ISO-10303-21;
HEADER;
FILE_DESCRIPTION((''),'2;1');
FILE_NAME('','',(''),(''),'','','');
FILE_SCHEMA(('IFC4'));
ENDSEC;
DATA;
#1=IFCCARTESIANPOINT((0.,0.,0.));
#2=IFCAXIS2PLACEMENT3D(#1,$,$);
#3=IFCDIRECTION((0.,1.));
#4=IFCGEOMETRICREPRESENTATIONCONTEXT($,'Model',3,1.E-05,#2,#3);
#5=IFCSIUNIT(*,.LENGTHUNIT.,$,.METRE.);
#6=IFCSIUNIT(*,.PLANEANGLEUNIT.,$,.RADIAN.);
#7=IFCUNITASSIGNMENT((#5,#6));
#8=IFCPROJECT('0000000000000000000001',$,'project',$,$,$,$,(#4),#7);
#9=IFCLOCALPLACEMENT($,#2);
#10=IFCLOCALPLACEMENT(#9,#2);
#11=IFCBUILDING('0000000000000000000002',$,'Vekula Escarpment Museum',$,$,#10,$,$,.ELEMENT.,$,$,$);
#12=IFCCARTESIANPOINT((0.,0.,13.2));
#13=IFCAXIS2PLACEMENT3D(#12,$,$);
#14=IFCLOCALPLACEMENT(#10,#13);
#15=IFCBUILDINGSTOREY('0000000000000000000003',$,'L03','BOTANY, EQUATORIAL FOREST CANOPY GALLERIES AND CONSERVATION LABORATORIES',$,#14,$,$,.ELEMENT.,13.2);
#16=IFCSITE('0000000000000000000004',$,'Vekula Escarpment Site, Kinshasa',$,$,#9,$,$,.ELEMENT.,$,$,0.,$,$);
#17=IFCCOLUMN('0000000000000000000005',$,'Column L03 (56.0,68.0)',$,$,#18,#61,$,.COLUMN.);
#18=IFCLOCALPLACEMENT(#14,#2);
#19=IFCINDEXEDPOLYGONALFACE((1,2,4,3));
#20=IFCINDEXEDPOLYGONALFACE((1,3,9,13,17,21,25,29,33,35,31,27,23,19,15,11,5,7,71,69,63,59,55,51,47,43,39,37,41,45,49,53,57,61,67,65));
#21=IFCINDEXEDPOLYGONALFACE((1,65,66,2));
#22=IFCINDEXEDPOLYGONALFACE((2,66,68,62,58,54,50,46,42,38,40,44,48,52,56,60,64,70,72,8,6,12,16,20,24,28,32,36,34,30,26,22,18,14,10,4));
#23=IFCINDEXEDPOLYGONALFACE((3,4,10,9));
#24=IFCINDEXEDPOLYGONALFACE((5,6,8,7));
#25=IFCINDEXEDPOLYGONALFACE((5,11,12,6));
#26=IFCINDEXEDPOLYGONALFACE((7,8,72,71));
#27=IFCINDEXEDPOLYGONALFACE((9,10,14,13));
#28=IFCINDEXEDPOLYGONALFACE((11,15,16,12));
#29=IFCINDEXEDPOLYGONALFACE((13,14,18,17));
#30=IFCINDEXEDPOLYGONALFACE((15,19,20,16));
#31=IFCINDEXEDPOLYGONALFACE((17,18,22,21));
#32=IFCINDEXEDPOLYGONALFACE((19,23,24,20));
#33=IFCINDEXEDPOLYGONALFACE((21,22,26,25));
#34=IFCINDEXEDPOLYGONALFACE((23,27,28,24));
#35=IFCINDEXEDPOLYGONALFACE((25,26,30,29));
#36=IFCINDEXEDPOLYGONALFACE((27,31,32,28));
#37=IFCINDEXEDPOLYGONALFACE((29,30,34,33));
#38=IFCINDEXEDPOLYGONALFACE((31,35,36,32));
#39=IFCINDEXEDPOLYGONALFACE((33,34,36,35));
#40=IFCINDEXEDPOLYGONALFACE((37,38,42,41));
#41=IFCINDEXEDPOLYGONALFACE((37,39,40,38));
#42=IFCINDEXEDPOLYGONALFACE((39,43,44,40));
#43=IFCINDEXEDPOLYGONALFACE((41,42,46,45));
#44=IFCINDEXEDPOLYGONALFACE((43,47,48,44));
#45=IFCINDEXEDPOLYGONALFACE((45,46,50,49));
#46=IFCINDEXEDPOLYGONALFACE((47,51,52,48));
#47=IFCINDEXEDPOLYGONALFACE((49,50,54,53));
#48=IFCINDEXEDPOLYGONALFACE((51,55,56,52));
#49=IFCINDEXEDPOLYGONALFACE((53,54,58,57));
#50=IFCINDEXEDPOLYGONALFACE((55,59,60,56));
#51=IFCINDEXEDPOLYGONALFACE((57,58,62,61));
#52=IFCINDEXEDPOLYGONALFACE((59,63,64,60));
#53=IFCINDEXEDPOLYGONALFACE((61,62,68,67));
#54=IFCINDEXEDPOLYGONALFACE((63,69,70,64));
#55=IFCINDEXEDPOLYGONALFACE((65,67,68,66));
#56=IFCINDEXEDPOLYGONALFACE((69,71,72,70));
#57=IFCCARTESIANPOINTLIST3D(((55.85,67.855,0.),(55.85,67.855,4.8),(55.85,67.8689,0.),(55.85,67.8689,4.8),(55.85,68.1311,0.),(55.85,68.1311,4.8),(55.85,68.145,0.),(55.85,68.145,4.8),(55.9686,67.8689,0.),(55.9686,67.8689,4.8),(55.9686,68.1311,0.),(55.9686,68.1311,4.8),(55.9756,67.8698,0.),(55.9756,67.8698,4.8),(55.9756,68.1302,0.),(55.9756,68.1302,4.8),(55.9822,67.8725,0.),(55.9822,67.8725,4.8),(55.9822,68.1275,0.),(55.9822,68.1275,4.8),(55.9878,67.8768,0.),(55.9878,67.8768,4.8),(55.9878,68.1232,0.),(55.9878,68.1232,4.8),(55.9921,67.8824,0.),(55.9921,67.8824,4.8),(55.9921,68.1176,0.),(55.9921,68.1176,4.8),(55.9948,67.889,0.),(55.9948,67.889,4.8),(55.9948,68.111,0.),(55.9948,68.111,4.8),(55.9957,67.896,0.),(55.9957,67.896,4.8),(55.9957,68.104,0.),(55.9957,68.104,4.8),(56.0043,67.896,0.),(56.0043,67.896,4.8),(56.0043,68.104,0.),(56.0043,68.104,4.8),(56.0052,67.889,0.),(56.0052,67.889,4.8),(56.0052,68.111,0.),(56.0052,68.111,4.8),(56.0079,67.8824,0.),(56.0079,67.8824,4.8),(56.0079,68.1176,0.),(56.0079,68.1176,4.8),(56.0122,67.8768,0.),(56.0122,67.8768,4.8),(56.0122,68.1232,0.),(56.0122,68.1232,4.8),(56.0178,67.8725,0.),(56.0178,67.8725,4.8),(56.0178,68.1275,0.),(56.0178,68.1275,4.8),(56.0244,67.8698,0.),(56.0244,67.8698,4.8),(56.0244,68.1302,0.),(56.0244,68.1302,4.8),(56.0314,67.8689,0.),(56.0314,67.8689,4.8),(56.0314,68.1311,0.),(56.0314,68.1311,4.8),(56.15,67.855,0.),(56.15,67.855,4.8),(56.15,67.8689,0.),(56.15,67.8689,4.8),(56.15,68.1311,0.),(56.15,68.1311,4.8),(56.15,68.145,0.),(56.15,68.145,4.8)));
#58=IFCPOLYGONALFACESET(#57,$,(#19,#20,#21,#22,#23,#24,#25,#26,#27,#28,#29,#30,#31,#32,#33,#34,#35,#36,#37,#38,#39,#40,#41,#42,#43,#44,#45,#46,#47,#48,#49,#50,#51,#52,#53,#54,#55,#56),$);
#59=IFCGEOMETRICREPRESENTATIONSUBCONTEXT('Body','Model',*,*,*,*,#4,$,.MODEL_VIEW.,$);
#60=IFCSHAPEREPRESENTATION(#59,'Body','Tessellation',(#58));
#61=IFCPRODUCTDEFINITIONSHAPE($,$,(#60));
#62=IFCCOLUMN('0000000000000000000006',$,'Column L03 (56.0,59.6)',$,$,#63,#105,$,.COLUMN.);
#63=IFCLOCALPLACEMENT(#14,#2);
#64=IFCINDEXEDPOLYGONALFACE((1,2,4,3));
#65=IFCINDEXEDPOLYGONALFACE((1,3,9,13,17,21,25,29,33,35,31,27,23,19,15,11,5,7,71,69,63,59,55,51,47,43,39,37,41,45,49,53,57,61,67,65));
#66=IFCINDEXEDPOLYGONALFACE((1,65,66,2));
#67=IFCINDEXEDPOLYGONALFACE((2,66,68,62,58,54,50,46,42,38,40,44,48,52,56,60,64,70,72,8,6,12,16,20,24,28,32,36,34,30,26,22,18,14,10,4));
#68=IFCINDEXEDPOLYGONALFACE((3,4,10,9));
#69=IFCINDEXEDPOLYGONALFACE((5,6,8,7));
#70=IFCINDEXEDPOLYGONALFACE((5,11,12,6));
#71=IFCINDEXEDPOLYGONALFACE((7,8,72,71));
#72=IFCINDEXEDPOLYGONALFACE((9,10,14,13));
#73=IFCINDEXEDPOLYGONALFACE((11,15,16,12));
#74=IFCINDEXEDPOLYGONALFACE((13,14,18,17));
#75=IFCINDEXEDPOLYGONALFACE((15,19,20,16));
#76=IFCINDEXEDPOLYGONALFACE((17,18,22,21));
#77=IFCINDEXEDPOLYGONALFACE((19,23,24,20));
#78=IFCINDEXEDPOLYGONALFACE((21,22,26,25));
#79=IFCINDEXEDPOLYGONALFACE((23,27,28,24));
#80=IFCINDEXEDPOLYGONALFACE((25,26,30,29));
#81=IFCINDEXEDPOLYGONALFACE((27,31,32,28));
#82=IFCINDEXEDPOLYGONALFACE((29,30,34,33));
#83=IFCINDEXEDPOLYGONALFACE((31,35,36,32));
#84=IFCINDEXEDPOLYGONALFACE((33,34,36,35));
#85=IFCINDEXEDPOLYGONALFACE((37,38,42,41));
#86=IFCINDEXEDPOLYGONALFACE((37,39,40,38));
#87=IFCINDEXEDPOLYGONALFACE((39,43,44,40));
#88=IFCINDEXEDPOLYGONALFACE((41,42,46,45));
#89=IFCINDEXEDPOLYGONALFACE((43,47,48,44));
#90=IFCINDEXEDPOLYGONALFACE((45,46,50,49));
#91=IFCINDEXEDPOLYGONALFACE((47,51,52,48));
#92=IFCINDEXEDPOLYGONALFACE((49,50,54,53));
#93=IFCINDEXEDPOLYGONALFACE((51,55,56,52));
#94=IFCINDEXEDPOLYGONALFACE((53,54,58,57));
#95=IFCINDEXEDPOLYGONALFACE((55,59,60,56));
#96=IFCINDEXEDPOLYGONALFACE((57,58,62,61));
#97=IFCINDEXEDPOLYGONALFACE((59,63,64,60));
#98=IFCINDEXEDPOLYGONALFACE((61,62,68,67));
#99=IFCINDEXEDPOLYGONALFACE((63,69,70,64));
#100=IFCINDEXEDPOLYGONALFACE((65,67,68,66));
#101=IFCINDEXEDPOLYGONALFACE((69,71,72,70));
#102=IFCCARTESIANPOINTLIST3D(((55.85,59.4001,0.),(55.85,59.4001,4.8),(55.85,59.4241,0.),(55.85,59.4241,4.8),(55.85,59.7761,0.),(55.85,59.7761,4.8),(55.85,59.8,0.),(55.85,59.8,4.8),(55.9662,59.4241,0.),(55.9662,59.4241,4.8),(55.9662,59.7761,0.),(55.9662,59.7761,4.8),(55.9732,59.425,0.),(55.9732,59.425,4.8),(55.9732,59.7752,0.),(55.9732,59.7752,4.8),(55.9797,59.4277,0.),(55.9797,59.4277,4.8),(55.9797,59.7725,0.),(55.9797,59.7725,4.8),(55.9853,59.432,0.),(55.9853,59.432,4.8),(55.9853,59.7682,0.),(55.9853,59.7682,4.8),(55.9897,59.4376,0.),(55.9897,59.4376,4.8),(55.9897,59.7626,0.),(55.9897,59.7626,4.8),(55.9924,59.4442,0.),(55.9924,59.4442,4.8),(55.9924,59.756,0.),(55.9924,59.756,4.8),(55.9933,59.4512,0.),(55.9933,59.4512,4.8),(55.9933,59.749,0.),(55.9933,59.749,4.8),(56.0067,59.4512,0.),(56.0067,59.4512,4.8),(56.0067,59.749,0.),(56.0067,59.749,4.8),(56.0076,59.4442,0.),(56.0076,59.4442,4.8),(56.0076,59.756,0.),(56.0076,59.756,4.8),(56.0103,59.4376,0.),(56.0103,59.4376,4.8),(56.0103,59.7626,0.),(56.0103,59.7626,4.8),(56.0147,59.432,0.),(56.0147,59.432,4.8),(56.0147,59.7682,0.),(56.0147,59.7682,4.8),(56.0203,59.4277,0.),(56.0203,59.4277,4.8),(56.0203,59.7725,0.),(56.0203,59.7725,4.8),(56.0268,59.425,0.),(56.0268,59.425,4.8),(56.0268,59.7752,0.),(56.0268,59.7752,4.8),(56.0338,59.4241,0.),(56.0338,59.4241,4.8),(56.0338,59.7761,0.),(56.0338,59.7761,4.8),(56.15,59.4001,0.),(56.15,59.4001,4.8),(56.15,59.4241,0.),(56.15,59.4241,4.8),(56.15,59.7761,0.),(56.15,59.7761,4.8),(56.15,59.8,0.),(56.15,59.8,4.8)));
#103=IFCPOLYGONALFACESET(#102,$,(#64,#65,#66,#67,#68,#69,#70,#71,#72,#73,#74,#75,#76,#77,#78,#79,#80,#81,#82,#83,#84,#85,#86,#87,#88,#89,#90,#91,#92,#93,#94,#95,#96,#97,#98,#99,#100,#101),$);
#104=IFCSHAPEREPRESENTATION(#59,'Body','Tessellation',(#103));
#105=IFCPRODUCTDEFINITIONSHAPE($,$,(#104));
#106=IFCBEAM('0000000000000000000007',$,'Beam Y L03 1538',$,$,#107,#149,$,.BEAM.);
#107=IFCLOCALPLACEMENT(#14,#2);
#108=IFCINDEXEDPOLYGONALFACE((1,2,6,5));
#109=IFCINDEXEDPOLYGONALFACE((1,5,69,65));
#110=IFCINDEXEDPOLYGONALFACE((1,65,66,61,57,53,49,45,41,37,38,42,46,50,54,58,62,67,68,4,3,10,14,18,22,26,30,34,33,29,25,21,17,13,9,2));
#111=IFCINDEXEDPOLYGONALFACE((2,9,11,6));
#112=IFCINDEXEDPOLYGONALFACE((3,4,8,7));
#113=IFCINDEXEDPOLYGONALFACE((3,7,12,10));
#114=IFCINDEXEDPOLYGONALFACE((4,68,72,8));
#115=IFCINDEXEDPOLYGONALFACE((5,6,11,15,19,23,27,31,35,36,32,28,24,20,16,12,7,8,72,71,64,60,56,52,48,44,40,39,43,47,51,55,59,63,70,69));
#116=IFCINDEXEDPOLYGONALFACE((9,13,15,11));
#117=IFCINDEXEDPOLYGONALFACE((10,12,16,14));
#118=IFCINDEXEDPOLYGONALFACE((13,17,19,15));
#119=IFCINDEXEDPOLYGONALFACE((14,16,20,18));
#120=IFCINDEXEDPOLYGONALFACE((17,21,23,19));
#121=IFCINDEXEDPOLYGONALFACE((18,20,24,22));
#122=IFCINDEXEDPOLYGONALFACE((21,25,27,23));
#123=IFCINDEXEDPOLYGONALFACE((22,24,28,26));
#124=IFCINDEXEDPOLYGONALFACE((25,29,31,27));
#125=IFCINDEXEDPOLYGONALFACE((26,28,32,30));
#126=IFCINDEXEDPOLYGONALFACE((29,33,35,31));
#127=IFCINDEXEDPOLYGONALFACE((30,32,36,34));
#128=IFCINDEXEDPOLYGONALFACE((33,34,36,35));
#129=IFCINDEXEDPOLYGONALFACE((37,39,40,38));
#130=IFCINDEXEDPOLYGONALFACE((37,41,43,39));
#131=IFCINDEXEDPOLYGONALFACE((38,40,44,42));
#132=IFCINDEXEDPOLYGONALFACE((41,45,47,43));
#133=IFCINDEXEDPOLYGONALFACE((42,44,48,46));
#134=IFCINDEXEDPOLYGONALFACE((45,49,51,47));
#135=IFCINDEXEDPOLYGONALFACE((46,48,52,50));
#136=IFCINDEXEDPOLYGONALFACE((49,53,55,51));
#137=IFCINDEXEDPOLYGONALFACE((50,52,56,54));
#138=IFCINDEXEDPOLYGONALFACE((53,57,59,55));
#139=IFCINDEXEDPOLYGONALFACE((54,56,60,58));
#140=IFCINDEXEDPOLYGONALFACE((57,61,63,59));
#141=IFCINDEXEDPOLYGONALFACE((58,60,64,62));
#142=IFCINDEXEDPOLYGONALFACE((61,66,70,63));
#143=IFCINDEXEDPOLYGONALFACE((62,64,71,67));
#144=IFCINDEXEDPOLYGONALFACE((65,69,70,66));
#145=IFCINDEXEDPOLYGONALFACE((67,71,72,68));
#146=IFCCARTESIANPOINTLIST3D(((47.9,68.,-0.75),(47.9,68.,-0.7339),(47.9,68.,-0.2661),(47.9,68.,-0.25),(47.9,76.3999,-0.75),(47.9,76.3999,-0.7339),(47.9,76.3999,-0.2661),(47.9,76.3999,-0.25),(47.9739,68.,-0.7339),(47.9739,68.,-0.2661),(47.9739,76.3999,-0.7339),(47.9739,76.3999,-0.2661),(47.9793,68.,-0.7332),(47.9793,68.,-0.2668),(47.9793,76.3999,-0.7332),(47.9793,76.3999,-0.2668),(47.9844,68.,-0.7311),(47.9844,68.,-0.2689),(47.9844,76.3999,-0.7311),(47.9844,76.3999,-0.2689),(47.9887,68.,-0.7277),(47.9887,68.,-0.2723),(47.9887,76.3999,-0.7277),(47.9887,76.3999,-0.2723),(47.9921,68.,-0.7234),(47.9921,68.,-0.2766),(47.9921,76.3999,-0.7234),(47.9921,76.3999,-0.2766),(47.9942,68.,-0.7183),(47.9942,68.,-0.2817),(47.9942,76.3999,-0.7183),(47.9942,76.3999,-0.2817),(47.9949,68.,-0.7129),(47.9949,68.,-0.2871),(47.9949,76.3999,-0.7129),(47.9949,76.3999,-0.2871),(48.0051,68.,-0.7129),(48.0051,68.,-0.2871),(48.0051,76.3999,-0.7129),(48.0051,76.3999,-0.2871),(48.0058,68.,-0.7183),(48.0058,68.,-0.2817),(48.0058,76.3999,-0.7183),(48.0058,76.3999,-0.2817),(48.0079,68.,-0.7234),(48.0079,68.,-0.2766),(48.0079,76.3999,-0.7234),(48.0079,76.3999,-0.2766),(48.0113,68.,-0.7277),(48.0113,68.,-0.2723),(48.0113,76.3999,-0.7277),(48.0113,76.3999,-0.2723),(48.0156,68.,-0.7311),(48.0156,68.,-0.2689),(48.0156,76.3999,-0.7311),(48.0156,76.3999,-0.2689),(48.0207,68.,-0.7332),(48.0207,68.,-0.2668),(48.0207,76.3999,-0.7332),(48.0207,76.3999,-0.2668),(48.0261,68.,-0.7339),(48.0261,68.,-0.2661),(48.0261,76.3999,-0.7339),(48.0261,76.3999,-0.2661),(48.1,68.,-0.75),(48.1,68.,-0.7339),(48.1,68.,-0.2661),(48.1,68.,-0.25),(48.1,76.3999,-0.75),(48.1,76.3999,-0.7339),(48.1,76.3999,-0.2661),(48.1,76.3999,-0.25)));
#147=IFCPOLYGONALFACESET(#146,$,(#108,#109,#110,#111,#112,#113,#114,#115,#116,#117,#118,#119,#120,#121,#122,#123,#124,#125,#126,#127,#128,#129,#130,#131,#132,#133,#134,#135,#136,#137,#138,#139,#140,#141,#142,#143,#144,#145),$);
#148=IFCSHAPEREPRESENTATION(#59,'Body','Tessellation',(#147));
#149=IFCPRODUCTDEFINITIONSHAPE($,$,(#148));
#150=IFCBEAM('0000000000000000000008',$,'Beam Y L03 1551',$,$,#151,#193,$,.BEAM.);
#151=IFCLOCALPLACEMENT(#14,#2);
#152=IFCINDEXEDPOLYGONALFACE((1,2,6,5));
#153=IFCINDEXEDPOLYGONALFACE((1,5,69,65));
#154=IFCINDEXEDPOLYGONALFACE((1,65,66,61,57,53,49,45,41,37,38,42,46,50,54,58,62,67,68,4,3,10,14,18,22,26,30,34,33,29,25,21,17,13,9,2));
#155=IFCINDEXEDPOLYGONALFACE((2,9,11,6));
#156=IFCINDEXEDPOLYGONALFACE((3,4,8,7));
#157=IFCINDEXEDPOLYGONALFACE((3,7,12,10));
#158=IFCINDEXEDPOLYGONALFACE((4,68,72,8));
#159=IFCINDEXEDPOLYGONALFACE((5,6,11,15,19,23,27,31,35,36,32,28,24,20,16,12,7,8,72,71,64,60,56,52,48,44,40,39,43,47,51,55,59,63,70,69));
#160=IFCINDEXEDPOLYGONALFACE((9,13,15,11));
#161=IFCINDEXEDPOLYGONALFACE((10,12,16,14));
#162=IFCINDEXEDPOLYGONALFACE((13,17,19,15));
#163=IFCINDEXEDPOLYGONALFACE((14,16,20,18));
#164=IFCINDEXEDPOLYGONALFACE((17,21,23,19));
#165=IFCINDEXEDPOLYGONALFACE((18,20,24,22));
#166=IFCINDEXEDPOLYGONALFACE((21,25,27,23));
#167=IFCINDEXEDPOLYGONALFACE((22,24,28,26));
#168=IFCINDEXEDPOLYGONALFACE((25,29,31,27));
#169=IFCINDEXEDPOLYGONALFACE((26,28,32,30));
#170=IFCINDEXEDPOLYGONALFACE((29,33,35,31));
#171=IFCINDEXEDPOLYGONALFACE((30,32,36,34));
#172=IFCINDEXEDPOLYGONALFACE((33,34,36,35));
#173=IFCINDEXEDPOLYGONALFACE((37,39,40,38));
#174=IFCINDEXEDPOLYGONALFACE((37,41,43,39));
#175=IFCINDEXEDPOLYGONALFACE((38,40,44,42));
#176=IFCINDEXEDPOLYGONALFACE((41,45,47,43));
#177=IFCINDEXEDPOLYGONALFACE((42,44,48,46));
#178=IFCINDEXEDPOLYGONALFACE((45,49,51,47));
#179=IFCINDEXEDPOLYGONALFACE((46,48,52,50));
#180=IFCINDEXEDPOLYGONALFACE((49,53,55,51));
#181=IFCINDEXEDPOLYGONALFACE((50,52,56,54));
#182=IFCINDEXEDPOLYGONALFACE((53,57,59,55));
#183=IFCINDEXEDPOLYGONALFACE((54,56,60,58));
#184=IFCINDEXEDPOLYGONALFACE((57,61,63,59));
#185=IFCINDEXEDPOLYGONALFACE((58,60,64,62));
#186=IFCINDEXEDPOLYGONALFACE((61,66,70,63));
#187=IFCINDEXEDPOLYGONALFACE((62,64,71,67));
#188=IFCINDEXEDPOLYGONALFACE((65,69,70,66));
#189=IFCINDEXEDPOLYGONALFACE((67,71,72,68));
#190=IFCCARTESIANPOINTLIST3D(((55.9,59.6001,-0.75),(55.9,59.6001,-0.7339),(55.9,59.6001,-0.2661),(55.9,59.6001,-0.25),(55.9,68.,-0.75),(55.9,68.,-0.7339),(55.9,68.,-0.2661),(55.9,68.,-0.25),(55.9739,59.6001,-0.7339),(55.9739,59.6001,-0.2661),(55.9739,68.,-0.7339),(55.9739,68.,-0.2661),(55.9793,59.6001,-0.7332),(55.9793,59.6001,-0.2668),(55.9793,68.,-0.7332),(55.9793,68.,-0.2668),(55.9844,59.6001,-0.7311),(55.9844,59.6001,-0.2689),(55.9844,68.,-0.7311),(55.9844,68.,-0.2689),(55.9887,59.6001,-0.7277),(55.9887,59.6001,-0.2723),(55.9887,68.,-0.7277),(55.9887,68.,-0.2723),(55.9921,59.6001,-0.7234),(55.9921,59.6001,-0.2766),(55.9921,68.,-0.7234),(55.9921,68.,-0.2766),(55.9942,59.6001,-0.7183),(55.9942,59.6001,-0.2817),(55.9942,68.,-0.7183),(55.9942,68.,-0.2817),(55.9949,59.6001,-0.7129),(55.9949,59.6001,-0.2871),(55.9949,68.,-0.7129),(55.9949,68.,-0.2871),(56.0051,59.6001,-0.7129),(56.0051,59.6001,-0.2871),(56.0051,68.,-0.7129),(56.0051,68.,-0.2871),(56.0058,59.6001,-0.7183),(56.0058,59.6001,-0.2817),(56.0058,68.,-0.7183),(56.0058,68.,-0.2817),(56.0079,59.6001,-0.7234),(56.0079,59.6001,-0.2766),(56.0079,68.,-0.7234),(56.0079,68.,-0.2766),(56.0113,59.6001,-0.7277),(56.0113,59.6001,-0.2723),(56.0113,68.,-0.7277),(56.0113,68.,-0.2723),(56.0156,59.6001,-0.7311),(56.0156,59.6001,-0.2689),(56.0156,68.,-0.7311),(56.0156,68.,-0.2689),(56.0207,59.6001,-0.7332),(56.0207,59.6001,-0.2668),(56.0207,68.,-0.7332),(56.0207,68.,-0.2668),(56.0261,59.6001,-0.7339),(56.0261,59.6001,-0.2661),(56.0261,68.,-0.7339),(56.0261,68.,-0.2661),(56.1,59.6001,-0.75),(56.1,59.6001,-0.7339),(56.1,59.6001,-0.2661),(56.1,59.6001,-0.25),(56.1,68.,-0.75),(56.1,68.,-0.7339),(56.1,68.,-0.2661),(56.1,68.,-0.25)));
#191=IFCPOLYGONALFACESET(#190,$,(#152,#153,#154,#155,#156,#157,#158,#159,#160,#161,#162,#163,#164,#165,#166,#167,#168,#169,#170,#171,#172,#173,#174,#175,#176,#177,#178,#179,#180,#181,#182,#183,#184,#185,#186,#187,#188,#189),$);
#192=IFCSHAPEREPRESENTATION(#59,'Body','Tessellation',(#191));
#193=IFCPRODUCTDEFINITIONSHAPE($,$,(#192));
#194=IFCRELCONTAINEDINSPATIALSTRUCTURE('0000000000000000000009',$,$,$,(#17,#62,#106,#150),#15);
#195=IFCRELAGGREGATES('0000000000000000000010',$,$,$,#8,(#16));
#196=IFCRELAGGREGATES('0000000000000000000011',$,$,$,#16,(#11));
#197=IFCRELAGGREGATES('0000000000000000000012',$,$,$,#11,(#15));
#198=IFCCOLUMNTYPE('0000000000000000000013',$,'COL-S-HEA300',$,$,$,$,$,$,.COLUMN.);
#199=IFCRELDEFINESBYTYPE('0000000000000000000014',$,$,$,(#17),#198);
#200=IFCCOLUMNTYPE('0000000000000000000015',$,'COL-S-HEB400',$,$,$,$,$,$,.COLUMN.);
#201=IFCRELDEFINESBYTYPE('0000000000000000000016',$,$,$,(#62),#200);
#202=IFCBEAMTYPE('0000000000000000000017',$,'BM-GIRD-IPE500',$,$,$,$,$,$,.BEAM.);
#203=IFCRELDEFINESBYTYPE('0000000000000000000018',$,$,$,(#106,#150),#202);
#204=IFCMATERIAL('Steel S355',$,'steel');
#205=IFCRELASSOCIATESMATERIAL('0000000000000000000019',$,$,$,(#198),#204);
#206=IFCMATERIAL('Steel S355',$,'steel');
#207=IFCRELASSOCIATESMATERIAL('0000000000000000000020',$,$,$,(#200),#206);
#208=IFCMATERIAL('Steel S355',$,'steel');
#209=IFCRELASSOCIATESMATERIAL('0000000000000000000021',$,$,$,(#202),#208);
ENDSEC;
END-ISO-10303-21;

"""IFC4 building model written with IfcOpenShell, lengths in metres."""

from ifc_helpers import new_model, si_unit, direction, frame, origin, origin_2d, place, context, subcontext, project, spatial, i_section, extrude, material, material_profile, profile_set, type_object, element, save


model = new_model("IFC4")

# Units and contexts
model_context = context("Model", 3, precision=1e-05, world=origin(), true_north=direction((0.0, 1.0)))
body_context = subcontext(model_context, "Body", "Model", "MODEL_VIEW")
ifc_project = project(units=[si_unit("LENGTHUNIT", "METRE"), si_unit("PLANEANGLEUNIT", "RADIAN")], contexts=[model_context])

# Site, building, storey
site_placement = place(None, origin())
site = spatial("IfcSite", under=ifc_project, at=site_placement, Name="Vekula Escarpment Site, Kinshasa", CompositionType="ELEMENT", RefElevation=0.0)
building_placement = place(site_placement, origin())
building = spatial("IfcBuilding", under=site, at=building_placement, Name="Vekula Escarpment Museum", CompositionType="ELEMENT")
storey_placement = place(building_placement, frame((0.0, 0.0, 13.2)))
storey = spatial("IfcBuildingStorey", under=building, at=storey_placement, Name="L03", Description="BOTANY, EQUATORIAL FOREST CANOPY GALLERIES AND CONSERVATION LABORATORIES", CompositionType="ELEMENT", Elevation=13.2)

# Columns
ifc_material_1 = material(Name="Steel S355", Category="steel")
ifc_material_profile_1 = material_profile(ifc_material_1, i_section(OverallWidth=0.3, OverallDepth=0.29, WebThickness=0.0085, FlangeThickness=0.0139, FilletRadius=0.0271, at=origin_2d()), Name="HEA 300")
ifc_profile_set_1 = profile_set([ifc_material_profile_1], Name="Steel S355")
column_type_1 = type_object("IfcColumnType", Name="COL-S-HEA300", PredefinedType="COLUMN", material=ifc_profile_set_1)
column_1_placement = place(storey_placement, frame((56.0, 68.0, 0.0), z_axis=(0.0, 0.0, 1.0), x_axis=(1.0, 0.0, 0.0)))
element("IfcColumn", 1, at=column_1_placement, inside=storey, type_object=column_type_1, Name="Column L03 (56.0,68.0)", PredefinedType="COLUMN", context=body_context, shape_type="SweptSolid", body=[
    extrude(i_section(OverallWidth=0.3, OverallDepth=0.29, WebThickness=0.0085, FlangeThickness=0.0139, FilletRadius=0.0271, at=origin_2d()), origin(), (0.0, 0.0, 1.0), 4.8),
])
ifc_material_2 = material(Name="Steel S355", Category="steel")
ifc_material_profile_2 = material_profile(ifc_material_2, i_section(OverallWidth=0.3, OverallDepth=0.3999, WebThickness=0.0134, FlangeThickness=0.0239, FilletRadius=0.0271, at=origin_2d()), Name="HEB 400")
ifc_profile_set_2 = profile_set([ifc_material_profile_2], Name="Steel S355")
column_type_2 = type_object("IfcColumnType", Name="COL-S-HEB400", PredefinedType="COLUMN", material=ifc_profile_set_2)
column_2_placement = place(storey_placement, frame((56.0, 59.6001, 0.0), z_axis=(0.0, 0.0, 1.0), x_axis=(1.0, 0.0, 0.0)))
element("IfcColumn", 2, at=column_2_placement, inside=storey, type_object=column_type_2, Name="Column L03 (56.0,59.6)", PredefinedType="COLUMN", context=body_context, shape_type="SweptSolid", body=[
    extrude(i_section(OverallWidth=0.3, OverallDepth=0.3999, WebThickness=0.0134, FlangeThickness=0.0239, FilletRadius=0.0271, at=origin_2d()), origin(), (0.0, 0.0, 1.0), 4.8),
])

# Beams
ifc_material_3 = material(Name="Steel S355", Category="steel")
ifc_material_profile_3 = material_profile(ifc_material_3, i_section(OverallWidth=0.2, OverallDepth=0.5, WebThickness=0.0103, FlangeThickness=0.0161, FilletRadius=0.021, at=origin_2d()), Name="IPE 500")
ifc_profile_set_3 = profile_set([ifc_material_profile_3], Name="Steel S355")
beam_type_1 = type_object("IfcBeamType", Name="BM-GIRD-IPE500", PredefinedType="BEAM", material=ifc_profile_set_3)
for number, where, z_axis, x_axis, name in (
    (3, (48.0, 68.0, -0.5), (0.0, 1.0, 0.0), (-1.0, 0.0, 0.0), "Beam Y L03 1538"),
    (4, (56.0, 59.6001, -0.5), (0.0, 1.0, 0.0), (-1.0, 0.0, 0.0), "Beam Y L03 1551"),
):
    element("IfcBeam", number, at=place(storey_placement, frame(where, z_axis=z_axis, x_axis=x_axis)), inside=storey, type_object=beam_type_1, Name=name, PredefinedType="BEAM", context=body_context, shape_type="SweptSolid", body=[
        extrude(i_section(OverallWidth=0.2, OverallDepth=0.5, WebThickness=0.0103, FlangeThickness=0.0161, FilletRadius=0.021, at=origin_2d()), origin(), (0.0, 0.0, 1.0), 8.3999),
    ])

save(model, "model.ifc")
